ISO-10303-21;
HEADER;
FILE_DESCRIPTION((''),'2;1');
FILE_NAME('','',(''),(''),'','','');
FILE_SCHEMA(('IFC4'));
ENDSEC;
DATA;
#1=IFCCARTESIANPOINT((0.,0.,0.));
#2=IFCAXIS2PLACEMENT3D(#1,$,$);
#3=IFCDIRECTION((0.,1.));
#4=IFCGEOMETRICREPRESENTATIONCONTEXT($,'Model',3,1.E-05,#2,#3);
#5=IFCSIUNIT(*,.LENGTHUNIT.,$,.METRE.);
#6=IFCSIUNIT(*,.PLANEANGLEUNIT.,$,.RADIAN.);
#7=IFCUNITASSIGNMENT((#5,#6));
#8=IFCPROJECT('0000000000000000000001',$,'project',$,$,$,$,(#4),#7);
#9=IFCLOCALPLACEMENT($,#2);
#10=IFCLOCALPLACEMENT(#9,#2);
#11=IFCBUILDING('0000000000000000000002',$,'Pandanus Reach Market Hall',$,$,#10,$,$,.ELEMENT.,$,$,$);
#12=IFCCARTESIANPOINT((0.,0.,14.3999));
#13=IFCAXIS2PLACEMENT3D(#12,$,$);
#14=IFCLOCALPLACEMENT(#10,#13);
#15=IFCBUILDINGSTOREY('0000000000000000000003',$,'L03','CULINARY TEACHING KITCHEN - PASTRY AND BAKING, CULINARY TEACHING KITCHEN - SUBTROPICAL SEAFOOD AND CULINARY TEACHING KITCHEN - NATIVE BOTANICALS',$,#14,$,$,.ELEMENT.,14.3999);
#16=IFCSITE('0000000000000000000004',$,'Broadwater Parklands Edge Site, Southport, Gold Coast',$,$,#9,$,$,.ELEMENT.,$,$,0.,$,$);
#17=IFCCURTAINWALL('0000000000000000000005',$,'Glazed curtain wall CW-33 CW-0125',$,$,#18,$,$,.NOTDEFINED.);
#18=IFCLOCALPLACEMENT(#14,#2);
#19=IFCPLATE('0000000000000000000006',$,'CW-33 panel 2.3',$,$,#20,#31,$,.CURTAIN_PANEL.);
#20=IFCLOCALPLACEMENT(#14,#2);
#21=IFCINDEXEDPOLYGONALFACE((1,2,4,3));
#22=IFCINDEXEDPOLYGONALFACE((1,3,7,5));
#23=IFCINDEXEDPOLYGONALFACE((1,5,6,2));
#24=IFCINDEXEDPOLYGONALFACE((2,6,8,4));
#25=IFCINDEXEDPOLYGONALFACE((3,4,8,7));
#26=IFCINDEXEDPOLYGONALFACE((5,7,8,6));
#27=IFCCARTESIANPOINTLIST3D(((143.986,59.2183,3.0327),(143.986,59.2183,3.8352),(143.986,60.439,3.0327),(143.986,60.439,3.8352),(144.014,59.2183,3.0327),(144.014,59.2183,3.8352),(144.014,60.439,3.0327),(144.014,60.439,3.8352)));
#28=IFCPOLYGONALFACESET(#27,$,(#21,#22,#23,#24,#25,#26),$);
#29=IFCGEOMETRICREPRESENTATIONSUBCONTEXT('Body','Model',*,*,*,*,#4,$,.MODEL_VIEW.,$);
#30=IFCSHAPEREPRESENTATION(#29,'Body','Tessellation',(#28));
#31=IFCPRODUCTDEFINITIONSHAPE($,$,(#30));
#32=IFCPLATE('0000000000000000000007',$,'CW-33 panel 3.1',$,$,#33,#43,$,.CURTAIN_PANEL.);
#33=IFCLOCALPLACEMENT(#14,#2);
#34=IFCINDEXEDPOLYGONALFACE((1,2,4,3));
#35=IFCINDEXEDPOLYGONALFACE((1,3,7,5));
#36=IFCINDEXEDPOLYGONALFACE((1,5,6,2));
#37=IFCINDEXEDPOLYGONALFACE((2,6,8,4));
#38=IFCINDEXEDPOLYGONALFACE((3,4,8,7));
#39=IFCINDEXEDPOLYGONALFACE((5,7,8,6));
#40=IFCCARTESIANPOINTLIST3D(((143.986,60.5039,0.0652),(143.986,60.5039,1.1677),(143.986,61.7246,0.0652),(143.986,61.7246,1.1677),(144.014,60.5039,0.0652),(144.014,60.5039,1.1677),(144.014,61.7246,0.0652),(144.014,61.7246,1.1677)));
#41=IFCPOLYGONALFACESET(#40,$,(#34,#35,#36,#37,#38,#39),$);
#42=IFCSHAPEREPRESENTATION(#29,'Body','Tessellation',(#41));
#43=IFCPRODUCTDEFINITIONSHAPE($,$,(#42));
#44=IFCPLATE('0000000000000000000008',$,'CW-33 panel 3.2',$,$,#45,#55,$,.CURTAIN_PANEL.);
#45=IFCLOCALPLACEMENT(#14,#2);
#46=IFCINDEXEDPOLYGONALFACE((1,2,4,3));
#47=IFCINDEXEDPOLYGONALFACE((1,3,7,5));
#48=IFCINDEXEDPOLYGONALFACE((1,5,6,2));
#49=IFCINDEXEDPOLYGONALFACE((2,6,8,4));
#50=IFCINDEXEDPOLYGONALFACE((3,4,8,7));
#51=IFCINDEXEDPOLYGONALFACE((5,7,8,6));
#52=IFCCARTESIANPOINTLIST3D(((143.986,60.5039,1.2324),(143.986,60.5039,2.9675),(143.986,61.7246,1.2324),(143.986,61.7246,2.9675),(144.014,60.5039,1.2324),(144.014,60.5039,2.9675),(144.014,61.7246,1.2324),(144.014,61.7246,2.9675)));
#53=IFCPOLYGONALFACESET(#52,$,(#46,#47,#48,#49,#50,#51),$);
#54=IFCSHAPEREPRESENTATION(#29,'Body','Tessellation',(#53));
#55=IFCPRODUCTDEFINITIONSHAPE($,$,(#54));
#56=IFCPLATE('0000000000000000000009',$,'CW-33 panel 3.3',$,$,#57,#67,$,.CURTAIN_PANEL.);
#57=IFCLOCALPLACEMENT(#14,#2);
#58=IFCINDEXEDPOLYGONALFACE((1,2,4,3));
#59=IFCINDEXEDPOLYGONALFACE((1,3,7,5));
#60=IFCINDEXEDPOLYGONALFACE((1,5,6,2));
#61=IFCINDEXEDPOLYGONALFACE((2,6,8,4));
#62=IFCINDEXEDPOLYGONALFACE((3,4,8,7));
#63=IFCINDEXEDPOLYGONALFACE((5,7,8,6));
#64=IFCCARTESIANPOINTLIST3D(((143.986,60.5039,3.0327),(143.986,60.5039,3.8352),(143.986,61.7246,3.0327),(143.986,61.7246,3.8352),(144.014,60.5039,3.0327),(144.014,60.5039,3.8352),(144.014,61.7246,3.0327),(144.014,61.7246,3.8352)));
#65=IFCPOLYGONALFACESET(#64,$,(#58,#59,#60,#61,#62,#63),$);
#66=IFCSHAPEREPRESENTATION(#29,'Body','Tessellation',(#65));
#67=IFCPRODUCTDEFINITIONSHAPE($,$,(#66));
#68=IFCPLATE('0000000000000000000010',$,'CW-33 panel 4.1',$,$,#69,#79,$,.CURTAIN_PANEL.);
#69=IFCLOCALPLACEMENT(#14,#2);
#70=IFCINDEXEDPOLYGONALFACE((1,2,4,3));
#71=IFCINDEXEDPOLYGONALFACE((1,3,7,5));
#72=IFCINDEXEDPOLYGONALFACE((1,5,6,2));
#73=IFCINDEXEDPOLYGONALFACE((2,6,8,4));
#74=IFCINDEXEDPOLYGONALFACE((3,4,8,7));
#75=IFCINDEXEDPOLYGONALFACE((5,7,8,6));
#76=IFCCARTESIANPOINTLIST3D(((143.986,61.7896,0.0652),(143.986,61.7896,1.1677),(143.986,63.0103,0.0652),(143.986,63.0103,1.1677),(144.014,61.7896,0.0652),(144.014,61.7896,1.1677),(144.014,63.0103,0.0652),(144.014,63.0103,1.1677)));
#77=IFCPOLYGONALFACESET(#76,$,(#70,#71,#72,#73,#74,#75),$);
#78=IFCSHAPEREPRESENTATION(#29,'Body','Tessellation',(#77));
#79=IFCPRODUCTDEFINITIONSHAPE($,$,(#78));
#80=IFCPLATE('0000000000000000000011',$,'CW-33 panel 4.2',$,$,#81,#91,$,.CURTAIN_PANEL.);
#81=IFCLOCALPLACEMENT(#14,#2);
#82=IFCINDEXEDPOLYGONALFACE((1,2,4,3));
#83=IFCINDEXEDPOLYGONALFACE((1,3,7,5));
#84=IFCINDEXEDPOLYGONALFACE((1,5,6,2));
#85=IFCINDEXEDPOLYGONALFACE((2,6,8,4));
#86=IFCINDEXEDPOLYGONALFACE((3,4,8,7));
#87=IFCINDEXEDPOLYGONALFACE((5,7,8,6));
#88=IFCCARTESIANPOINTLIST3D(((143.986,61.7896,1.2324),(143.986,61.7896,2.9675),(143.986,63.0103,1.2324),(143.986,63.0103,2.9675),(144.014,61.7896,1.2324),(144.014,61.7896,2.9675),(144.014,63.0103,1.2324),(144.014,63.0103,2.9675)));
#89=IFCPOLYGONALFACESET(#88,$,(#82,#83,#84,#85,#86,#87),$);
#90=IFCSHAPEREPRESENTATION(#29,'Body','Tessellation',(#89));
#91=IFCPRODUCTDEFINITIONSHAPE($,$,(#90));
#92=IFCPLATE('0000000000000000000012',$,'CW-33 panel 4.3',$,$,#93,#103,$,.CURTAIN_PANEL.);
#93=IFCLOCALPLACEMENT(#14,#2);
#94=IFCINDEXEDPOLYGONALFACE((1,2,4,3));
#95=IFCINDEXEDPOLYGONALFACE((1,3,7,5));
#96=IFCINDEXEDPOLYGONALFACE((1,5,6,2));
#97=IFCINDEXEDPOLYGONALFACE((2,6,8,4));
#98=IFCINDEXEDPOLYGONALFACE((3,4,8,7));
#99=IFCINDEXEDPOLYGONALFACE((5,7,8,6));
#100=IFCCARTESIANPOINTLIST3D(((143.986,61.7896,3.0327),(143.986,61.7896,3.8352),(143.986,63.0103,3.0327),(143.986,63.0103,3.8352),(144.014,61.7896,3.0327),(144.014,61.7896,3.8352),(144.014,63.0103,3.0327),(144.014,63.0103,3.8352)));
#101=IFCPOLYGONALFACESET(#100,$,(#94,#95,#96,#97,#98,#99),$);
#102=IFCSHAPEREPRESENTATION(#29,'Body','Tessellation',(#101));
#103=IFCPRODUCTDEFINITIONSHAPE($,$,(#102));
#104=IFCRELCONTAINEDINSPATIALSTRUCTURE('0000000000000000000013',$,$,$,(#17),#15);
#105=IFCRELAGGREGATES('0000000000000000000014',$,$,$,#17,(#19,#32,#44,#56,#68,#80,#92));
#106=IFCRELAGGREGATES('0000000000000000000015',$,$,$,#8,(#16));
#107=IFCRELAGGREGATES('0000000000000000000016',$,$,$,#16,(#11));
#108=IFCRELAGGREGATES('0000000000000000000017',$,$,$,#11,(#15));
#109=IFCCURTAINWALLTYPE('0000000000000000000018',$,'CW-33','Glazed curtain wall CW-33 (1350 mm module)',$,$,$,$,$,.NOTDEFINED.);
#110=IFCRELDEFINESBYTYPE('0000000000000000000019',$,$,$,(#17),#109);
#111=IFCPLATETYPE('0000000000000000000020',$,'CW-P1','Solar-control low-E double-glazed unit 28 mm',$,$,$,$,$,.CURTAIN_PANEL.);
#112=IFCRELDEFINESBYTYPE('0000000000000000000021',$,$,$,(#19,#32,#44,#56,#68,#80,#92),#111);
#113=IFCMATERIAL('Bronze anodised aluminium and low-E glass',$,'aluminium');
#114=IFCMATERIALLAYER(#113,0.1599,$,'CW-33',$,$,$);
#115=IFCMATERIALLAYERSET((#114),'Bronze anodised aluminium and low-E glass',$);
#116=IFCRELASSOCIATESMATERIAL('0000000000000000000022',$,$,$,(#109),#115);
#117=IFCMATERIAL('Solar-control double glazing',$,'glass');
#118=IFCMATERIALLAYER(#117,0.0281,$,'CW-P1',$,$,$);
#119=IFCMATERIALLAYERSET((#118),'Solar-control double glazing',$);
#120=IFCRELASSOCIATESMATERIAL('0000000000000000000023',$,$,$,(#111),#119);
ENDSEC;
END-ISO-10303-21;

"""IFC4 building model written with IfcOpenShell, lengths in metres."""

from ifc_helpers import new_model, si_unit, direction, frame, origin, origin_2d, place, context, subcontext, project, spatial, rectangle, extrude, material, layer, layer_set, type_object, element, aggregate, save


model = new_model("IFC4")

# Units and contexts
model_context = context("Model", 3, precision=1e-05, world=origin(), true_north=direction((0.0, 1.0)))
body_context = subcontext(model_context, "Body", "Model", "MODEL_VIEW")
ifc_project = project(units=[si_unit("LENGTHUNIT", "METRE"), si_unit("PLANEANGLEUNIT", "RADIAN")], contexts=[model_context])

# Site, building, storey
site_placement = place(None, origin())
site = spatial("IfcSite", under=ifc_project, at=site_placement, Name="Broadwater Parklands Edge Site, Southport, Gold Coast", CompositionType="ELEMENT", RefElevation=0.0)
building_placement = place(site_placement, origin())
building = spatial("IfcBuilding", under=site, at=building_placement, Name="Pandanus Reach Market Hall", CompositionType="ELEMENT")
storey_placement = place(building_placement, frame((0.0, 0.0, 14.3999)))
storey = spatial("IfcBuildingStorey", under=building, at=storey_placement, Name="L03", Description="CULINARY TEACHING KITCHEN - PASTRY AND BAKING, CULINARY TEACHING KITCHEN - SUBTROPICAL SEAFOOD AND CULINARY TEACHING KITCHEN - NATIVE BOTANICALS", CompositionType="ELEMENT", Elevation=14.3999)

# Curtain wall, plates
ifc_material_1 = material(Name="Bronze anodised aluminium and low-E glass", Category="aluminium")
ifc_layer_1 = layer(ifc_material_1, 0.1599, Name="CW-33")
ifc_layer_set_1 = layer_set([ifc_layer_1], Name="Bronze anodised aluminium and low-E glass")
curtain_wall_type = type_object("IfcCurtainWallType", Name="CW-33", Description="Glazed curtain wall CW-33 (1350 mm module)", PredefinedType="NOTDEFINED", material=ifc_layer_set_1)
curtain_wall_placement = place(storey_placement, origin())
curtain_wall = element("IfcCurtainWall", 1, at=curtain_wall_placement, inside=storey, type_object=curtain_wall_type, Name="Glazed curtain wall CW-33 CW-0125", PredefinedType="NOTDEFINED")
ifc_material_2 = material(Name="Solar-control double glazing", Category="glass")
ifc_layer_2 = layer(ifc_material_2, 0.0281, Name="CW-P1")
ifc_layer_set_2 = layer_set([ifc_layer_2], Name="Solar-control double glazing")
plate_type = type_object("IfcPlateType", Name="CW-P1", Description="Solar-control low-E double-glazed unit 28 mm", PredefinedType="CURTAIN_PANEL", material=ifc_layer_set_2)
plate_1_placement = place(storey_placement, frame((144.0, 59.8286, 3.0327), z_axis=(0.0, 0.0, 1.0), x_axis=(0.0, 1.0, 0.0)))
plate_1 = element("IfcPlate", 2, at=plate_1_placement, type_object=plate_type, Name="CW-33 panel 2.3", PredefinedType="CURTAIN_PANEL", context=body_context, shape_type="SweptSolid", body=[
    extrude(rectangle(XDim=1.2207, YDim=0.0281, at=origin_2d()), origin(), (0.0, 0.0, 1.0), 0.8025),
])
plate_2_placement = place(storey_placement, frame((144.0, 61.1143, 0.0652), z_axis=(0.0, 0.0, 1.0), x_axis=(0.0, 1.0, 0.0)))
plate_2 = element("IfcPlate", 3, at=plate_2_placement, type_object=plate_type, Name="CW-33 panel 3.1", PredefinedType="CURTAIN_PANEL", context=body_context, shape_type="SweptSolid", body=[
    extrude(rectangle(XDim=1.2207, YDim=0.0281, at=origin_2d()), origin(), (0.0, 0.0, 1.0), 1.1025),
])
plate_3_placement = place(storey_placement, frame((144.0, 61.1143, 1.2324), z_axis=(0.0, 0.0, 1.0), x_axis=(0.0, 1.0, 0.0)))
plate_3 = element("IfcPlate", 4, at=plate_3_placement, type_object=plate_type, Name="CW-33 panel 3.2", PredefinedType="CURTAIN_PANEL", context=body_context, shape_type="SweptSolid", body=[
    extrude(rectangle(XDim=1.2207, YDim=0.0281, at=origin_2d()), origin(), (0.0, 0.0, 1.0), 1.7351),
])
plate_4_placement = place(storey_placement, frame((144.0, 61.1143, 3.0327), z_axis=(0.0, 0.0, 1.0), x_axis=(0.0, 1.0, 0.0)))
plate_4 = element("IfcPlate", 5, at=plate_4_placement, type_object=plate_type, Name="CW-33 panel 3.3", PredefinedType="CURTAIN_PANEL", context=body_context, shape_type="SweptSolid", body=[
    extrude(rectangle(XDim=1.2207, YDim=0.0281, at=origin_2d()), origin(), (0.0, 0.0, 1.0), 0.8025),
])
plate_5_placement = place(storey_placement, frame((144.0, 62.3999, 0.0652), z_axis=(0.0, 0.0, 1.0), x_axis=(0.0, 1.0, 0.0)))
plate_5 = element("IfcPlate", 6, at=plate_5_placement, type_object=plate_type, Name="CW-33 panel 4.1", PredefinedType="CURTAIN_PANEL", context=body_context, shape_type="SweptSolid", body=[
    extrude(rectangle(XDim=1.2207, YDim=0.0281, at=origin_2d()), origin(), (0.0, 0.0, 1.0), 1.1025),
])
plate_6_placement = place(storey_placement, frame((144.0, 62.3999, 1.2324), z_axis=(0.0, 0.0, 1.0), x_axis=(0.0, 1.0, 0.0)))
plate_6 = element("IfcPlate", 7, at=plate_6_placement, type_object=plate_type, Name="CW-33 panel 4.2", PredefinedType="CURTAIN_PANEL", context=body_context, shape_type="SweptSolid", body=[
    extrude(rectangle(XDim=1.2207, YDim=0.0281, at=origin_2d()), origin(), (0.0, 0.0, 1.0), 1.7351),
])
plate_7_placement = place(storey_placement, frame((144.0, 62.3999, 3.0327), z_axis=(0.0, 0.0, 1.0), x_axis=(0.0, 1.0, 0.0)))
plate_7 = element("IfcPlate", 8, at=plate_7_placement, type_object=plate_type, Name="CW-33 panel 4.3", PredefinedType="CURTAIN_PANEL", context=body_context, shape_type="SweptSolid", body=[
    extrude(rectangle(XDim=1.2207, YDim=0.0281, at=origin_2d()), origin(), (0.0, 0.0, 1.0), 0.8025),
])
aggregate(curtain_wall, [plate_1, plate_2, plate_3, plate_4, plate_5, plate_6, plate_7])

save(model, "model.ifc")
